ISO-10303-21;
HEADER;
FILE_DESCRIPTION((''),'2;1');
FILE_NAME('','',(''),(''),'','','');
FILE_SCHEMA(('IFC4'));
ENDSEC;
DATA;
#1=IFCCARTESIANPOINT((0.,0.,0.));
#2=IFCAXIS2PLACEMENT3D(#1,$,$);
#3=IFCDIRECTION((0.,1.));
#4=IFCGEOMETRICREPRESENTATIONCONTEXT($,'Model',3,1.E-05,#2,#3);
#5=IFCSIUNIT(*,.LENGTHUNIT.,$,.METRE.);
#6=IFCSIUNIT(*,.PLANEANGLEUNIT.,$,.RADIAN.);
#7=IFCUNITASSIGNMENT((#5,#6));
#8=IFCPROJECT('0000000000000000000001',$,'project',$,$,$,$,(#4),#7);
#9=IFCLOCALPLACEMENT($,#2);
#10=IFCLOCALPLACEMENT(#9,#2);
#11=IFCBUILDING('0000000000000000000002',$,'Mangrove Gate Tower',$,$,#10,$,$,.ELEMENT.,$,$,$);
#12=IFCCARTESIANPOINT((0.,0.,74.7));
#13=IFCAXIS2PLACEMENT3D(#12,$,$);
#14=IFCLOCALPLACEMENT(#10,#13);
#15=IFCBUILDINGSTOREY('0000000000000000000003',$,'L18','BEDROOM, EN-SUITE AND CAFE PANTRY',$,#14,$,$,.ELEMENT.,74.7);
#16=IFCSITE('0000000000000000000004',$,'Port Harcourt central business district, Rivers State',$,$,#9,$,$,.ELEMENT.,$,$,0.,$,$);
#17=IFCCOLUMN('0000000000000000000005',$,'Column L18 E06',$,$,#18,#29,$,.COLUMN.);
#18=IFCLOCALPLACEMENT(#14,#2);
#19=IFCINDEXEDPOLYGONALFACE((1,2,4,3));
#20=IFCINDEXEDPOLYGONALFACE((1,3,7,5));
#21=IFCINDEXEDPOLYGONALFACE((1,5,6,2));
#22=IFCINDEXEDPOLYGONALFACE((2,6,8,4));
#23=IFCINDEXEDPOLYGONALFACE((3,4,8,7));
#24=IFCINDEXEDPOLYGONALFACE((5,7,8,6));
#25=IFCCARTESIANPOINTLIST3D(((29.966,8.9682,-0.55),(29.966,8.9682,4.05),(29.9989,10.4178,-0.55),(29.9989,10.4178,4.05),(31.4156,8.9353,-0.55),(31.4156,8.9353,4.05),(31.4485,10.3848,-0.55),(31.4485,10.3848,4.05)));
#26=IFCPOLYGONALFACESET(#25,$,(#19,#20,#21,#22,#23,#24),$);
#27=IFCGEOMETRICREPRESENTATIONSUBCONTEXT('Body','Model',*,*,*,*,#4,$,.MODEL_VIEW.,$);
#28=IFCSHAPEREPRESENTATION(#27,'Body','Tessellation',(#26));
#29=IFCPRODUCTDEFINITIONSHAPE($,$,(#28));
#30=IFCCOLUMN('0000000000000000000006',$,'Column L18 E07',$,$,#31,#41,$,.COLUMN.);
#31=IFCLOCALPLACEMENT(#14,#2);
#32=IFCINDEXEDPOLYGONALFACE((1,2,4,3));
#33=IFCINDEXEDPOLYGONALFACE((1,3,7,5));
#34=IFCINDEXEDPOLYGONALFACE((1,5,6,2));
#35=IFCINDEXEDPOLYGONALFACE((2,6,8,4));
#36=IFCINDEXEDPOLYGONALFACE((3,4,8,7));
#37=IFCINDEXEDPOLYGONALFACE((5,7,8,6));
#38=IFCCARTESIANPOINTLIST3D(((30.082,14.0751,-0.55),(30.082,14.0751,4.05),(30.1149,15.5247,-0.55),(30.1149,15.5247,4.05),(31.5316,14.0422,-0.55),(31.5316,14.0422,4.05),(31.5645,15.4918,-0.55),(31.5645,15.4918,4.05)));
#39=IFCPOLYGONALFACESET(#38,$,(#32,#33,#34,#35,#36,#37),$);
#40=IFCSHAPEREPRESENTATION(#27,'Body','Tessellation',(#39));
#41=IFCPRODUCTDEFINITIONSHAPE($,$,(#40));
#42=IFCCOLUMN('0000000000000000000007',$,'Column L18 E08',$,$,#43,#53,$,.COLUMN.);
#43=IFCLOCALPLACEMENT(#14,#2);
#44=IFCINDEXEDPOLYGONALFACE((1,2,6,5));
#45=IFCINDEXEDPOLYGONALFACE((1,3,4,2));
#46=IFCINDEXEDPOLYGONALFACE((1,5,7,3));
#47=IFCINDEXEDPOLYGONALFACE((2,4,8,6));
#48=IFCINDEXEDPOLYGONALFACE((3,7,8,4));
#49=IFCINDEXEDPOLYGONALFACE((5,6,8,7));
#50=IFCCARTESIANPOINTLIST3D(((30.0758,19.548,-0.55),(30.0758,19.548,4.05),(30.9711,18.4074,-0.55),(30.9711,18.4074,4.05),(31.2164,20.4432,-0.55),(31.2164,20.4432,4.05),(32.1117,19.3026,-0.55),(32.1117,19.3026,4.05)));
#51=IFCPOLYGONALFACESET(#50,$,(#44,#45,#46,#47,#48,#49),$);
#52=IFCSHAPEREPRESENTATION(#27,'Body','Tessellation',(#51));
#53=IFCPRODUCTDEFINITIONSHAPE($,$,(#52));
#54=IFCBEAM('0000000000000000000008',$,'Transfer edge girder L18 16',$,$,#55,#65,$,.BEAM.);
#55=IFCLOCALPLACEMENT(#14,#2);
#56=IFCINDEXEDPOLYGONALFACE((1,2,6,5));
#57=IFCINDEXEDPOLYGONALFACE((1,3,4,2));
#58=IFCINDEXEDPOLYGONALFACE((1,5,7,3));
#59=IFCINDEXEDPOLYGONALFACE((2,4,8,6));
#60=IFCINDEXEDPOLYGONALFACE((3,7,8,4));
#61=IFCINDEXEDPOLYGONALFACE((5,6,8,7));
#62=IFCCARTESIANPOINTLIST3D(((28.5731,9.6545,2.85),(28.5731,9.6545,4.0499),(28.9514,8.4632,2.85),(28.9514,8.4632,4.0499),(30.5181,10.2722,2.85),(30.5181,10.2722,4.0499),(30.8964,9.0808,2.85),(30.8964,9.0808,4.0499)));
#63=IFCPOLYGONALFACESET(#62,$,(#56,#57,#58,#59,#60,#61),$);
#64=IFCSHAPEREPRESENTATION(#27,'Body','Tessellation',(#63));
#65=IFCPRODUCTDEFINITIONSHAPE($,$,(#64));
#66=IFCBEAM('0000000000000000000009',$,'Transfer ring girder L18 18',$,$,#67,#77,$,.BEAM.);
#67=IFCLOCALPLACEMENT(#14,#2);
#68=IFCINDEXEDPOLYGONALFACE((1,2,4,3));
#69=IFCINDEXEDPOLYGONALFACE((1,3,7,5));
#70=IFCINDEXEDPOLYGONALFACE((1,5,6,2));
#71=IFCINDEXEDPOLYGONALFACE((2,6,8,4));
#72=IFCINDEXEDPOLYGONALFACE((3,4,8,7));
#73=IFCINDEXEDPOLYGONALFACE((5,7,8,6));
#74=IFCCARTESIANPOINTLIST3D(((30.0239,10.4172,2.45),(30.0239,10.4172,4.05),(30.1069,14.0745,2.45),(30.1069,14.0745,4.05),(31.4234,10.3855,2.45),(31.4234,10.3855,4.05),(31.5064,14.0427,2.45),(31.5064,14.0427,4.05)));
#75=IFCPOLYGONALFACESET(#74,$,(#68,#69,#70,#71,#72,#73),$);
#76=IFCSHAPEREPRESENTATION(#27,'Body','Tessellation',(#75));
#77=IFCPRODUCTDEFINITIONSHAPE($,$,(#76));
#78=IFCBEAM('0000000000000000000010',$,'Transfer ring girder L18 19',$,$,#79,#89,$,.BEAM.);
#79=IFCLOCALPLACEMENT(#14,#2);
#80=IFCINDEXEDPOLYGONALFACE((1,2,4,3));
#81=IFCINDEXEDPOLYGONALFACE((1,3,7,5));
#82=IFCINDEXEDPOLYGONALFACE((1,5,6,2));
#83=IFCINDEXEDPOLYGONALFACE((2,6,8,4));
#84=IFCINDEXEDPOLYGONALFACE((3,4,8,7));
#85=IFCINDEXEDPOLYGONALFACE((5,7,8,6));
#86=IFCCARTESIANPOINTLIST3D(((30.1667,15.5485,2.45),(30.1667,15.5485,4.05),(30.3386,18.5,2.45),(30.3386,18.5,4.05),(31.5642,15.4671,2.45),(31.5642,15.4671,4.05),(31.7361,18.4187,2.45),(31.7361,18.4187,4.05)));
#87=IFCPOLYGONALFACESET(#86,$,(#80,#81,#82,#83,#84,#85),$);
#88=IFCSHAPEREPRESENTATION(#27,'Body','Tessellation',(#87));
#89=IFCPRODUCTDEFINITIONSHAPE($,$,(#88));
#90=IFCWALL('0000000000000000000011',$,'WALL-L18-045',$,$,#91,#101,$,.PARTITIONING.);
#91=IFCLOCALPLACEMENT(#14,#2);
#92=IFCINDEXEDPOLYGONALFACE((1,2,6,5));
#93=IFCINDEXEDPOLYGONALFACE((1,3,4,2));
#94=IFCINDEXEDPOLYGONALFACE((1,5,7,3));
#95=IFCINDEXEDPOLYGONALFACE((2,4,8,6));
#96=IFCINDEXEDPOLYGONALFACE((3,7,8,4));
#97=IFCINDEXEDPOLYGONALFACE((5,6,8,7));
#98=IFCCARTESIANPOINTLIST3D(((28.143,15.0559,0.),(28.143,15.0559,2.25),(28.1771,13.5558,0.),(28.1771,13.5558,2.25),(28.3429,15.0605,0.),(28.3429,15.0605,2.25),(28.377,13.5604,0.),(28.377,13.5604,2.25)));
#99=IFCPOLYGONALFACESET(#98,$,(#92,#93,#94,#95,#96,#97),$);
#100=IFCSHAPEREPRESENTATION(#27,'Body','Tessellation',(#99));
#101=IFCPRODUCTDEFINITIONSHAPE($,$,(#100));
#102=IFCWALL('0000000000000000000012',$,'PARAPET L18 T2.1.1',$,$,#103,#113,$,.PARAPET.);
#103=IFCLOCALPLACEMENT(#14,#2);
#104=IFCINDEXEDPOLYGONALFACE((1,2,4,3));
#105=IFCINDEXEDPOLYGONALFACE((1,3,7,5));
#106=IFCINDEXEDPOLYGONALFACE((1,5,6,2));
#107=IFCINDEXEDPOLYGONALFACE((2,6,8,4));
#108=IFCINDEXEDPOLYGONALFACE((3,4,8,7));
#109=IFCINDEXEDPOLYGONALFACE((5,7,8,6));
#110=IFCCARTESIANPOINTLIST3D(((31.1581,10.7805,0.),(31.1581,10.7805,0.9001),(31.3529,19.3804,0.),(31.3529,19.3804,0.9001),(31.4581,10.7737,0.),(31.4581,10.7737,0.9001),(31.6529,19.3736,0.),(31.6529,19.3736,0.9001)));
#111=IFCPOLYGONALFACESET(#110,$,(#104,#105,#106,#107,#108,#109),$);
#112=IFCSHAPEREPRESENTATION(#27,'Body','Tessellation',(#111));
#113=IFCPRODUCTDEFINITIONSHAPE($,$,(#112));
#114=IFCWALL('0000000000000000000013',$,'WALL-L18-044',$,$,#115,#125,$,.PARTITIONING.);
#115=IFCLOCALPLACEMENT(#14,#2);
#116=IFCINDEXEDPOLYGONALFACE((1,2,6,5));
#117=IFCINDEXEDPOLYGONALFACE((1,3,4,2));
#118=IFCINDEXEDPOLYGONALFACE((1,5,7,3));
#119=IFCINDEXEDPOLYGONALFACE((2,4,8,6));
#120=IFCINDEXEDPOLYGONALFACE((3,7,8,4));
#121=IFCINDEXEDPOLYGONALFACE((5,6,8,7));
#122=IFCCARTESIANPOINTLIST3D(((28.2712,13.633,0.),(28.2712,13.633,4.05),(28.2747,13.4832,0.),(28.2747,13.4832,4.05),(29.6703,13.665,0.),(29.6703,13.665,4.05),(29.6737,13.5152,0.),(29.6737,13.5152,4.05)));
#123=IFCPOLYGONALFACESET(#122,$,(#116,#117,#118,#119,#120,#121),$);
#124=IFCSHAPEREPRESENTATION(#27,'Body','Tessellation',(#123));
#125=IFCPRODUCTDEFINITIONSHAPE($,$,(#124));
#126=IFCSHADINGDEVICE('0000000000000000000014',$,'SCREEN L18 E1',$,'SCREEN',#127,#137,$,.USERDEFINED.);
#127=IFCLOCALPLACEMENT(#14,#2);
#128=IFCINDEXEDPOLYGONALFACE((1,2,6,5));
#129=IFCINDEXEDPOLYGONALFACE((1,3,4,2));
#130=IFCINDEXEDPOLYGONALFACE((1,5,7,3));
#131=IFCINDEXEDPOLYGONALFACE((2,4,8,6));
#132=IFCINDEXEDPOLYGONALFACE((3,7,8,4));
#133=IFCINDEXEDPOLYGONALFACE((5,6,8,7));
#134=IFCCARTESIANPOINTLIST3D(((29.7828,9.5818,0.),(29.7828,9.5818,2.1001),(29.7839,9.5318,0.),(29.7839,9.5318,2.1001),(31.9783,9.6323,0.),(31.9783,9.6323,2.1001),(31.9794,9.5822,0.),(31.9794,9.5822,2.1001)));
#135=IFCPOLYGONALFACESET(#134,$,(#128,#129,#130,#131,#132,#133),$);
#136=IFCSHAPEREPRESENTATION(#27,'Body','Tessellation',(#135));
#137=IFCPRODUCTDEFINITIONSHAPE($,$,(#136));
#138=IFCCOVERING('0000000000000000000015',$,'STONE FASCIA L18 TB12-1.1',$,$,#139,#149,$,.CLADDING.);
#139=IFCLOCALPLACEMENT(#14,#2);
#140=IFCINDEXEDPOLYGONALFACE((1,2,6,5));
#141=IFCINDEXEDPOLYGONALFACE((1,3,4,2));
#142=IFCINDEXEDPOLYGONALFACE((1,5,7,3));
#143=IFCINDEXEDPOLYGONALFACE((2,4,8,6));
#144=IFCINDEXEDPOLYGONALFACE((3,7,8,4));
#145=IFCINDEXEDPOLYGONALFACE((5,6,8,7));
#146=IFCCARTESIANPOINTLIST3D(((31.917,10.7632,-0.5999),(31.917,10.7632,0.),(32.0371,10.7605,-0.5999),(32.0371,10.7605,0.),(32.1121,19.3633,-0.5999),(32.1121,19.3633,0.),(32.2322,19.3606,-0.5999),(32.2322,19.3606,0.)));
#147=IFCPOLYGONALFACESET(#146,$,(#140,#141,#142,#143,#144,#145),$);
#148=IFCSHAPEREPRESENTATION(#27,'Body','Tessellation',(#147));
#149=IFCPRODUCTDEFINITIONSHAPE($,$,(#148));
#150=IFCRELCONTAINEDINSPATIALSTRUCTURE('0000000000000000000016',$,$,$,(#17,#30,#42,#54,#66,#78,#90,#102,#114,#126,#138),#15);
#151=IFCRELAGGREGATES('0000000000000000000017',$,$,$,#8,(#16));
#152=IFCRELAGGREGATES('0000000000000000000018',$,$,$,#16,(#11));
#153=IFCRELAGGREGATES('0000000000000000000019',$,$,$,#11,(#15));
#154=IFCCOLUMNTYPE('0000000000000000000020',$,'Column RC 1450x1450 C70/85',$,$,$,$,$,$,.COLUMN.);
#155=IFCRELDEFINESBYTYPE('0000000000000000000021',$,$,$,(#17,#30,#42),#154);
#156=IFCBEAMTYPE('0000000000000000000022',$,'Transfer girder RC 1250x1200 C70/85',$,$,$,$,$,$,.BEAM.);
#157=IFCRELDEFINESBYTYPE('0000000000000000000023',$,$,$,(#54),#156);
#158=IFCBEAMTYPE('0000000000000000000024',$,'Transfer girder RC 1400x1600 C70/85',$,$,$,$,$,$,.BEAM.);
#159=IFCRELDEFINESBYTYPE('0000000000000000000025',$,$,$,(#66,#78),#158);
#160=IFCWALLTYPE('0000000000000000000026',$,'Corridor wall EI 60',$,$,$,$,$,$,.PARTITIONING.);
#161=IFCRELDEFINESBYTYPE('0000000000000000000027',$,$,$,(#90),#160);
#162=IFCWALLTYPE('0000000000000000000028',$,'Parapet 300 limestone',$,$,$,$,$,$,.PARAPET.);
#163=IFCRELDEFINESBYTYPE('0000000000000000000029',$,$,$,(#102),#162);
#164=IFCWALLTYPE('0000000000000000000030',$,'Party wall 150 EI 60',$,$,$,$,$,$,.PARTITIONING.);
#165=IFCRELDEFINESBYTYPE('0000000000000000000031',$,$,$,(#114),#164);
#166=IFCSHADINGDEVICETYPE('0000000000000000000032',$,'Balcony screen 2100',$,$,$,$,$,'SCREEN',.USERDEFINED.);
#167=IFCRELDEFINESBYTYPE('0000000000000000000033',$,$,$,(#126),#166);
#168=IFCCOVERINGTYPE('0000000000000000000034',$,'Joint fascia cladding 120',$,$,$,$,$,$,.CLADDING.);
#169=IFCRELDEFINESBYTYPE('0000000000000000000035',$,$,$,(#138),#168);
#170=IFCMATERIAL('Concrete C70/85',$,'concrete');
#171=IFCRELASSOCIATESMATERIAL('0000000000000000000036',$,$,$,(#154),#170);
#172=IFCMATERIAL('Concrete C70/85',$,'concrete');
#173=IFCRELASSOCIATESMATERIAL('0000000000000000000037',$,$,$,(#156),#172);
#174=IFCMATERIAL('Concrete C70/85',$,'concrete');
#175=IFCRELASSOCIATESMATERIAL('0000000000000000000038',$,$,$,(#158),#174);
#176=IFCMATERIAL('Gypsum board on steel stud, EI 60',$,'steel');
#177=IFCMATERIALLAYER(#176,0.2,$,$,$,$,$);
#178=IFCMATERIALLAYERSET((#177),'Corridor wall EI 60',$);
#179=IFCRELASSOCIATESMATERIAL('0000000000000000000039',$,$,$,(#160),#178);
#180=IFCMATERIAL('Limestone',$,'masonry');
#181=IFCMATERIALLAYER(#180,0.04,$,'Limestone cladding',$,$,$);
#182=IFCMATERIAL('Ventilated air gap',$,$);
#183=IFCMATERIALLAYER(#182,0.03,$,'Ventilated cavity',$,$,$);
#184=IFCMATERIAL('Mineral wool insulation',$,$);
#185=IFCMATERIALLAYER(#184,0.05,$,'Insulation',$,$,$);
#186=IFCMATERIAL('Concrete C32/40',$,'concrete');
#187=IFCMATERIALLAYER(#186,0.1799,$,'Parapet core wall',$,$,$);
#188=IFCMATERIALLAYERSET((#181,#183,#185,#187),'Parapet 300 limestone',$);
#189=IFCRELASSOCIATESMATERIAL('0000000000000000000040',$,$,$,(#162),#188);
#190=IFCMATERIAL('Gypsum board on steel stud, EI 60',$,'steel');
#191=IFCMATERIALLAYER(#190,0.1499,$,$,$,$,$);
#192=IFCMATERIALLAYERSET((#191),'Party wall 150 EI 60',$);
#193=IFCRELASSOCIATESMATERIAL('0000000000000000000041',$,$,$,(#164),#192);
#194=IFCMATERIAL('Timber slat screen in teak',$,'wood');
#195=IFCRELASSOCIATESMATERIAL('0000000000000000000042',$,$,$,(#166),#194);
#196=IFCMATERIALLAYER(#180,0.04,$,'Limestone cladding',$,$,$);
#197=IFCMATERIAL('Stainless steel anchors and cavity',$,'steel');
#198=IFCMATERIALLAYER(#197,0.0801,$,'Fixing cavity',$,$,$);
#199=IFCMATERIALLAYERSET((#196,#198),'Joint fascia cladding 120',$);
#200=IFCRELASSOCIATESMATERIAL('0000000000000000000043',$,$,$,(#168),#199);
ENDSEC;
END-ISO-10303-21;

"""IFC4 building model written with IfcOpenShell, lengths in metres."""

from ifc_helpers import new_model, si_unit, direction, frame, frame_2d, origin, origin_2d, place, context, subcontext, project, spatial, rectangle, extrude, material, layer, layer_set, material_profile, profile_set, type_object, element, save


model = new_model("IFC4")

# Units and contexts
model_context = context("Model", 3, precision=1e-05, world=origin(), true_north=direction((0.0, 1.0)))
body_context = subcontext(model_context, "Body", "Model", "MODEL_VIEW")
ifc_project = project(units=[si_unit("LENGTHUNIT", "METRE"), si_unit("PLANEANGLEUNIT", "RADIAN")], contexts=[model_context])

# Site, building, storey
site_placement = place(None, origin())
site = spatial("IfcSite", under=ifc_project, at=site_placement, Name="Port Harcourt central business district, Rivers State", CompositionType="ELEMENT", RefElevation=0.0)
building_placement = place(site_placement, origin())
building = spatial("IfcBuilding", under=site, at=building_placement, Name="Mangrove Gate Tower", CompositionType="ELEMENT")
storey_placement = place(building_placement, frame((0.0, 0.0, 74.7)))
storey = spatial("IfcBuildingStorey", under=building, at=storey_placement, Name="L18", Description="BEDROOM, EN-SUITE AND CAFE PANTRY", CompositionType="ELEMENT", Elevation=74.7)

# Columns
ifc_material_1 = material(Name="Concrete C70/85", Category="concrete")
ifc_material_profile_1 = material_profile(ifc_material_1, rectangle(XDim=1.45, YDim=1.45, at=origin_2d()))
ifc_profile_set_1 = profile_set([ifc_material_profile_1], Name="Concrete C70/85")
column_type = type_object("IfcColumnType", Name="Column RC 1450x1450 C70/85", PredefinedType="COLUMN", material=ifc_profile_set_1)
for number, where, z_axis, x_axis, name in (
    (1, (30.7073, 9.6765, -0.55), (0.0, 0.0, 1.0), (0.022708, 0.999742, 0.0), "Column L18 E06"),
    (2, (30.8232, 14.7834, -0.55), (0.0, 0.0, 1.0), (0.02271, 0.999742, 0.0), "Column L18 E07"),
    (3, (31.0938, 19.4253, -0.55), (0.0, 0.0, 1.0), (-0.617421, 0.786633, 0.0), "Column L18 E08"),
):
    element("IfcColumn", number, at=place(storey_placement, frame(where, z_axis=z_axis, x_axis=x_axis)), inside=storey, type_object=column_type, Name=name, PredefinedType="COLUMN", context=body_context, shape_type="SweptSolid", body=[
        extrude(rectangle(XDim=1.45, YDim=1.45, at=origin_2d()), origin(), (0.0, 0.0, 1.0), 4.6001),
    ])

# Beams
ifc_material_2 = material(Name="Concrete C70/85", Category="concrete")
ifc_material_profile_2 = material_profile(ifc_material_2, rectangle(XDim=1.25, YDim=1.2, at=origin_2d()))
ifc_profile_set_2 = profile_set([ifc_material_profile_2], Name="Concrete C70/85")
beam_type_1 = type_object("IfcBeamType", Name="Transfer girder RC 1250x1200 C70/85", PredefinedType="BEAM", material=ifc_profile_set_2)
beam_1_placement = place(storey_placement, frame((30.7073, 9.6765, 3.45), z_axis=(-0.953097, -0.302665, 0.0), x_axis=(0.302665, -0.953097, 0.0)))
element("IfcBeam", 4, at=beam_1_placement, inside=storey, type_object=beam_type_1, Name="Transfer edge girder L18 16", PredefinedType="BEAM", context=body_context, shape_type="SweptSolid", body=[
    extrude(rectangle(XDim=1.25, YDim=1.2, at=origin_2d()), origin(), (0.0, 0.0, 1.0), 2.0408),
])
ifc_material_3 = material(Name="Concrete C70/85", Category="concrete")
ifc_material_profile_3 = material_profile(ifc_material_3, rectangle(XDim=1.3999, YDim=1.6001, at=origin_2d()))
ifc_profile_set_3 = profile_set([ifc_material_profile_3], Name="Concrete C70/85")
beam_type_2 = type_object("IfcBeamType", Name="Transfer girder RC 1400x1600 C70/85", PredefinedType="BEAM", material=ifc_profile_set_3)
beam_2_placement = place(storey_placement, frame((30.7236, 10.4014, 3.25), z_axis=(0.022691, 0.999743, 0.0), x_axis=(-0.999743, 0.022691, 0.0)))
element("IfcBeam", 5, at=beam_2_placement, inside=storey, type_object=beam_type_2, Name="Transfer ring girder L18 18", PredefinedType="BEAM", context=body_context, shape_type="SweptSolid", body=[
    extrude(rectangle(XDim=1.3999, YDim=1.6001, at=origin_2d()), origin(), (0.0, 0.0, 1.0), 3.6582),
])
beam_3_placement = place(storey_placement, frame((30.8655, 15.5078, 3.25), z_axis=(0.058131, 0.998309, 0.0), x_axis=(-0.998309, 0.058131, 0.0)))
element("IfcBeam", 6, at=beam_3_placement, inside=storey, type_object=beam_type_2, Name="Transfer ring girder L18 19", PredefinedType="BEAM", context=body_context, shape_type="SweptSolid", body=[
    extrude(rectangle(XDim=1.3999, YDim=1.6001, at=origin_2d()), origin(), (0.0, 0.0, 1.0), 2.9565),
])

# Walls
ifc_material_4 = material(Name="Gypsum board on steel stud, EI 60", Category="steel")
ifc_layer_1 = layer(ifc_material_4, 0.2)
ifc_layer_set_1 = layer_set([ifc_layer_1], Name="Corridor wall EI 60")
wall_type_1 = type_object("IfcWallType", Name="Corridor wall EI 60", PredefinedType="PARTITIONING", material=ifc_layer_set_1)
wall_1_placement = place(storey_placement, frame((28.2771, 13.5581, 0.0), z_axis=(0.0, 0.0, 1.0), x_axis=(-0.022781, 0.99974, 0.0)))
element("IfcWall", 7, at=wall_1_placement, inside=storey, type_object=wall_type_1, Name="WALL-L18-045", PredefinedType="PARTITIONING", context=body_context, shape_type="SweptSolid", body=[
    extrude(rectangle(XDim=1.5005, YDim=0.2, at=frame_2d((0.7502, 0.0))), origin(), (0.0, 0.0, 1.0), 2.25),
])
ifc_material_5 = material(Name="Limestone", Category="masonry")
ifc_layer_2 = layer(ifc_material_5, 0.04, Name="Limestone cladding")
ifc_material_6 = material(Name="Ventilated air gap")
ifc_layer_3 = layer(ifc_material_6, 0.03, Name="Ventilated cavity")
ifc_material_7 = material(Name="Mineral wool insulation")
ifc_layer_4 = layer(ifc_material_7, 0.05, Name="Insulation")
ifc_material_8 = material(Name="Concrete C32/40", Category="concrete")
ifc_layer_5 = layer(ifc_material_8, 0.1799, Name="Parapet core wall")
ifc_layer_set_2 = layer_set([ifc_layer_2, ifc_layer_3, ifc_layer_4, ifc_layer_5], Name="Parapet 300 limestone")
wall_type_2 = type_object("IfcWallType", Name="Parapet 300 limestone", PredefinedType="PARAPET", material=ifc_layer_set_2)
wall_2_placement = place(storey_placement, frame((31.5029, 19.377, 0.0), z_axis=(0.0, 0.0, 1.0), x_axis=(-0.022649, -0.999743, 0.0)))
element("IfcWall", 8, at=wall_2_placement, inside=storey, type_object=wall_type_2, Name="PARAPET L18 T2.1.1", PredefinedType="PARAPET", context=body_context, shape_type="SweptSolid", body=[
    extrude(rectangle(XDim=8.6021, YDim=0.3, at=frame_2d((4.301, 0.0))), origin(), (0.0, 0.0, 1.0), 0.9001),
])
ifc_material_9 = material(Name="Gypsum board on steel stud, EI 60", Category="steel")
ifc_layer_6 = layer(ifc_material_9, 0.1499)
ifc_layer_set_3 = layer_set([ifc_layer_6], Name="Party wall 150 EI 60")
wall_type_3 = type_object("IfcWallType", Name="Party wall 150 EI 60", PredefinedType="PARTITIONING", material=ifc_layer_set_3)
wall_3_placement = place(storey_placement, frame((28.2729, 13.5581, 0.0), z_axis=(0.0, 0.0, 1.0), x_axis=(0.999739, 0.022852, 0.0)))
element("IfcWall", 9, at=wall_3_placement, inside=storey, type_object=wall_type_3, Name="WALL-L18-044", PredefinedType="PARTITIONING", context=body_context, shape_type="SweptSolid", body=[
    extrude(rectangle(XDim=1.3994, YDim=0.1499, at=frame_2d((0.6997, 0.0))), origin(), (0.0, 0.0, 1.0), 4.05),
])

# Shading device
ifc_material_10 = material(Name="Timber slat screen in teak", Category="wood")
shading_device_type = type_object("IfcShadingDeviceType", Name="Balcony screen 2100", ElementType="SCREEN", PredefinedType="USERDEFINED", material=ifc_material_10)
shading_device_placement = place(storey_placement, frame((30.8811, 9.582, 0.0), z_axis=(0.0, 0.0, 1.0), x_axis=(0.999736, 0.022967, 0.0)))
element("IfcShadingDevice", 10, at=shading_device_placement, inside=storey, type_object=shading_device_type, Name="SCREEN L18 E1", ObjectType="SCREEN", PredefinedType="USERDEFINED", context=body_context, shape_type="SweptSolid", body=[
    extrude(rectangle(XDim=2.196, YDim=0.05, at=origin_2d()), origin(), (0.0, 0.0, 1.0), 2.1001),
])

# Covering
ifc_layer_7 = layer(ifc_material_5, 0.04, Name="Limestone cladding")
ifc_material_11 = material(Name="Stainless steel anchors and cavity", Category="steel")
ifc_layer_8 = layer(ifc_material_11, 0.0801, Name="Fixing cavity")
ifc_layer_set_4 = layer_set([ifc_layer_7, ifc_layer_8], Name="Joint fascia cladding 120")
covering_type = type_object("IfcCoveringType", Name="Joint fascia cladding 120", PredefinedType="CLADDING", material=ifc_layer_set_4)
covering_placement = place(storey_placement, frame((32.1721, 19.3621, -0.5999), z_axis=(0.0, 0.0, 1.0), x_axis=(-0.022676, -0.999743, 0.0)))
element("IfcCovering", 11, at=covering_placement, inside=storey, type_object=covering_type, Name="STONE FASCIA L18 TB12-1.1", PredefinedType="CLADDING", context=body_context, shape_type="SweptSolid", body=[
    extrude(rectangle(XDim=8.6023, YDim=0.1201, at=frame_2d((4.3013, 0.0))), origin(), (0.0, 0.0, 1.0), 0.5999),
])

save(model, "model.ifc")
